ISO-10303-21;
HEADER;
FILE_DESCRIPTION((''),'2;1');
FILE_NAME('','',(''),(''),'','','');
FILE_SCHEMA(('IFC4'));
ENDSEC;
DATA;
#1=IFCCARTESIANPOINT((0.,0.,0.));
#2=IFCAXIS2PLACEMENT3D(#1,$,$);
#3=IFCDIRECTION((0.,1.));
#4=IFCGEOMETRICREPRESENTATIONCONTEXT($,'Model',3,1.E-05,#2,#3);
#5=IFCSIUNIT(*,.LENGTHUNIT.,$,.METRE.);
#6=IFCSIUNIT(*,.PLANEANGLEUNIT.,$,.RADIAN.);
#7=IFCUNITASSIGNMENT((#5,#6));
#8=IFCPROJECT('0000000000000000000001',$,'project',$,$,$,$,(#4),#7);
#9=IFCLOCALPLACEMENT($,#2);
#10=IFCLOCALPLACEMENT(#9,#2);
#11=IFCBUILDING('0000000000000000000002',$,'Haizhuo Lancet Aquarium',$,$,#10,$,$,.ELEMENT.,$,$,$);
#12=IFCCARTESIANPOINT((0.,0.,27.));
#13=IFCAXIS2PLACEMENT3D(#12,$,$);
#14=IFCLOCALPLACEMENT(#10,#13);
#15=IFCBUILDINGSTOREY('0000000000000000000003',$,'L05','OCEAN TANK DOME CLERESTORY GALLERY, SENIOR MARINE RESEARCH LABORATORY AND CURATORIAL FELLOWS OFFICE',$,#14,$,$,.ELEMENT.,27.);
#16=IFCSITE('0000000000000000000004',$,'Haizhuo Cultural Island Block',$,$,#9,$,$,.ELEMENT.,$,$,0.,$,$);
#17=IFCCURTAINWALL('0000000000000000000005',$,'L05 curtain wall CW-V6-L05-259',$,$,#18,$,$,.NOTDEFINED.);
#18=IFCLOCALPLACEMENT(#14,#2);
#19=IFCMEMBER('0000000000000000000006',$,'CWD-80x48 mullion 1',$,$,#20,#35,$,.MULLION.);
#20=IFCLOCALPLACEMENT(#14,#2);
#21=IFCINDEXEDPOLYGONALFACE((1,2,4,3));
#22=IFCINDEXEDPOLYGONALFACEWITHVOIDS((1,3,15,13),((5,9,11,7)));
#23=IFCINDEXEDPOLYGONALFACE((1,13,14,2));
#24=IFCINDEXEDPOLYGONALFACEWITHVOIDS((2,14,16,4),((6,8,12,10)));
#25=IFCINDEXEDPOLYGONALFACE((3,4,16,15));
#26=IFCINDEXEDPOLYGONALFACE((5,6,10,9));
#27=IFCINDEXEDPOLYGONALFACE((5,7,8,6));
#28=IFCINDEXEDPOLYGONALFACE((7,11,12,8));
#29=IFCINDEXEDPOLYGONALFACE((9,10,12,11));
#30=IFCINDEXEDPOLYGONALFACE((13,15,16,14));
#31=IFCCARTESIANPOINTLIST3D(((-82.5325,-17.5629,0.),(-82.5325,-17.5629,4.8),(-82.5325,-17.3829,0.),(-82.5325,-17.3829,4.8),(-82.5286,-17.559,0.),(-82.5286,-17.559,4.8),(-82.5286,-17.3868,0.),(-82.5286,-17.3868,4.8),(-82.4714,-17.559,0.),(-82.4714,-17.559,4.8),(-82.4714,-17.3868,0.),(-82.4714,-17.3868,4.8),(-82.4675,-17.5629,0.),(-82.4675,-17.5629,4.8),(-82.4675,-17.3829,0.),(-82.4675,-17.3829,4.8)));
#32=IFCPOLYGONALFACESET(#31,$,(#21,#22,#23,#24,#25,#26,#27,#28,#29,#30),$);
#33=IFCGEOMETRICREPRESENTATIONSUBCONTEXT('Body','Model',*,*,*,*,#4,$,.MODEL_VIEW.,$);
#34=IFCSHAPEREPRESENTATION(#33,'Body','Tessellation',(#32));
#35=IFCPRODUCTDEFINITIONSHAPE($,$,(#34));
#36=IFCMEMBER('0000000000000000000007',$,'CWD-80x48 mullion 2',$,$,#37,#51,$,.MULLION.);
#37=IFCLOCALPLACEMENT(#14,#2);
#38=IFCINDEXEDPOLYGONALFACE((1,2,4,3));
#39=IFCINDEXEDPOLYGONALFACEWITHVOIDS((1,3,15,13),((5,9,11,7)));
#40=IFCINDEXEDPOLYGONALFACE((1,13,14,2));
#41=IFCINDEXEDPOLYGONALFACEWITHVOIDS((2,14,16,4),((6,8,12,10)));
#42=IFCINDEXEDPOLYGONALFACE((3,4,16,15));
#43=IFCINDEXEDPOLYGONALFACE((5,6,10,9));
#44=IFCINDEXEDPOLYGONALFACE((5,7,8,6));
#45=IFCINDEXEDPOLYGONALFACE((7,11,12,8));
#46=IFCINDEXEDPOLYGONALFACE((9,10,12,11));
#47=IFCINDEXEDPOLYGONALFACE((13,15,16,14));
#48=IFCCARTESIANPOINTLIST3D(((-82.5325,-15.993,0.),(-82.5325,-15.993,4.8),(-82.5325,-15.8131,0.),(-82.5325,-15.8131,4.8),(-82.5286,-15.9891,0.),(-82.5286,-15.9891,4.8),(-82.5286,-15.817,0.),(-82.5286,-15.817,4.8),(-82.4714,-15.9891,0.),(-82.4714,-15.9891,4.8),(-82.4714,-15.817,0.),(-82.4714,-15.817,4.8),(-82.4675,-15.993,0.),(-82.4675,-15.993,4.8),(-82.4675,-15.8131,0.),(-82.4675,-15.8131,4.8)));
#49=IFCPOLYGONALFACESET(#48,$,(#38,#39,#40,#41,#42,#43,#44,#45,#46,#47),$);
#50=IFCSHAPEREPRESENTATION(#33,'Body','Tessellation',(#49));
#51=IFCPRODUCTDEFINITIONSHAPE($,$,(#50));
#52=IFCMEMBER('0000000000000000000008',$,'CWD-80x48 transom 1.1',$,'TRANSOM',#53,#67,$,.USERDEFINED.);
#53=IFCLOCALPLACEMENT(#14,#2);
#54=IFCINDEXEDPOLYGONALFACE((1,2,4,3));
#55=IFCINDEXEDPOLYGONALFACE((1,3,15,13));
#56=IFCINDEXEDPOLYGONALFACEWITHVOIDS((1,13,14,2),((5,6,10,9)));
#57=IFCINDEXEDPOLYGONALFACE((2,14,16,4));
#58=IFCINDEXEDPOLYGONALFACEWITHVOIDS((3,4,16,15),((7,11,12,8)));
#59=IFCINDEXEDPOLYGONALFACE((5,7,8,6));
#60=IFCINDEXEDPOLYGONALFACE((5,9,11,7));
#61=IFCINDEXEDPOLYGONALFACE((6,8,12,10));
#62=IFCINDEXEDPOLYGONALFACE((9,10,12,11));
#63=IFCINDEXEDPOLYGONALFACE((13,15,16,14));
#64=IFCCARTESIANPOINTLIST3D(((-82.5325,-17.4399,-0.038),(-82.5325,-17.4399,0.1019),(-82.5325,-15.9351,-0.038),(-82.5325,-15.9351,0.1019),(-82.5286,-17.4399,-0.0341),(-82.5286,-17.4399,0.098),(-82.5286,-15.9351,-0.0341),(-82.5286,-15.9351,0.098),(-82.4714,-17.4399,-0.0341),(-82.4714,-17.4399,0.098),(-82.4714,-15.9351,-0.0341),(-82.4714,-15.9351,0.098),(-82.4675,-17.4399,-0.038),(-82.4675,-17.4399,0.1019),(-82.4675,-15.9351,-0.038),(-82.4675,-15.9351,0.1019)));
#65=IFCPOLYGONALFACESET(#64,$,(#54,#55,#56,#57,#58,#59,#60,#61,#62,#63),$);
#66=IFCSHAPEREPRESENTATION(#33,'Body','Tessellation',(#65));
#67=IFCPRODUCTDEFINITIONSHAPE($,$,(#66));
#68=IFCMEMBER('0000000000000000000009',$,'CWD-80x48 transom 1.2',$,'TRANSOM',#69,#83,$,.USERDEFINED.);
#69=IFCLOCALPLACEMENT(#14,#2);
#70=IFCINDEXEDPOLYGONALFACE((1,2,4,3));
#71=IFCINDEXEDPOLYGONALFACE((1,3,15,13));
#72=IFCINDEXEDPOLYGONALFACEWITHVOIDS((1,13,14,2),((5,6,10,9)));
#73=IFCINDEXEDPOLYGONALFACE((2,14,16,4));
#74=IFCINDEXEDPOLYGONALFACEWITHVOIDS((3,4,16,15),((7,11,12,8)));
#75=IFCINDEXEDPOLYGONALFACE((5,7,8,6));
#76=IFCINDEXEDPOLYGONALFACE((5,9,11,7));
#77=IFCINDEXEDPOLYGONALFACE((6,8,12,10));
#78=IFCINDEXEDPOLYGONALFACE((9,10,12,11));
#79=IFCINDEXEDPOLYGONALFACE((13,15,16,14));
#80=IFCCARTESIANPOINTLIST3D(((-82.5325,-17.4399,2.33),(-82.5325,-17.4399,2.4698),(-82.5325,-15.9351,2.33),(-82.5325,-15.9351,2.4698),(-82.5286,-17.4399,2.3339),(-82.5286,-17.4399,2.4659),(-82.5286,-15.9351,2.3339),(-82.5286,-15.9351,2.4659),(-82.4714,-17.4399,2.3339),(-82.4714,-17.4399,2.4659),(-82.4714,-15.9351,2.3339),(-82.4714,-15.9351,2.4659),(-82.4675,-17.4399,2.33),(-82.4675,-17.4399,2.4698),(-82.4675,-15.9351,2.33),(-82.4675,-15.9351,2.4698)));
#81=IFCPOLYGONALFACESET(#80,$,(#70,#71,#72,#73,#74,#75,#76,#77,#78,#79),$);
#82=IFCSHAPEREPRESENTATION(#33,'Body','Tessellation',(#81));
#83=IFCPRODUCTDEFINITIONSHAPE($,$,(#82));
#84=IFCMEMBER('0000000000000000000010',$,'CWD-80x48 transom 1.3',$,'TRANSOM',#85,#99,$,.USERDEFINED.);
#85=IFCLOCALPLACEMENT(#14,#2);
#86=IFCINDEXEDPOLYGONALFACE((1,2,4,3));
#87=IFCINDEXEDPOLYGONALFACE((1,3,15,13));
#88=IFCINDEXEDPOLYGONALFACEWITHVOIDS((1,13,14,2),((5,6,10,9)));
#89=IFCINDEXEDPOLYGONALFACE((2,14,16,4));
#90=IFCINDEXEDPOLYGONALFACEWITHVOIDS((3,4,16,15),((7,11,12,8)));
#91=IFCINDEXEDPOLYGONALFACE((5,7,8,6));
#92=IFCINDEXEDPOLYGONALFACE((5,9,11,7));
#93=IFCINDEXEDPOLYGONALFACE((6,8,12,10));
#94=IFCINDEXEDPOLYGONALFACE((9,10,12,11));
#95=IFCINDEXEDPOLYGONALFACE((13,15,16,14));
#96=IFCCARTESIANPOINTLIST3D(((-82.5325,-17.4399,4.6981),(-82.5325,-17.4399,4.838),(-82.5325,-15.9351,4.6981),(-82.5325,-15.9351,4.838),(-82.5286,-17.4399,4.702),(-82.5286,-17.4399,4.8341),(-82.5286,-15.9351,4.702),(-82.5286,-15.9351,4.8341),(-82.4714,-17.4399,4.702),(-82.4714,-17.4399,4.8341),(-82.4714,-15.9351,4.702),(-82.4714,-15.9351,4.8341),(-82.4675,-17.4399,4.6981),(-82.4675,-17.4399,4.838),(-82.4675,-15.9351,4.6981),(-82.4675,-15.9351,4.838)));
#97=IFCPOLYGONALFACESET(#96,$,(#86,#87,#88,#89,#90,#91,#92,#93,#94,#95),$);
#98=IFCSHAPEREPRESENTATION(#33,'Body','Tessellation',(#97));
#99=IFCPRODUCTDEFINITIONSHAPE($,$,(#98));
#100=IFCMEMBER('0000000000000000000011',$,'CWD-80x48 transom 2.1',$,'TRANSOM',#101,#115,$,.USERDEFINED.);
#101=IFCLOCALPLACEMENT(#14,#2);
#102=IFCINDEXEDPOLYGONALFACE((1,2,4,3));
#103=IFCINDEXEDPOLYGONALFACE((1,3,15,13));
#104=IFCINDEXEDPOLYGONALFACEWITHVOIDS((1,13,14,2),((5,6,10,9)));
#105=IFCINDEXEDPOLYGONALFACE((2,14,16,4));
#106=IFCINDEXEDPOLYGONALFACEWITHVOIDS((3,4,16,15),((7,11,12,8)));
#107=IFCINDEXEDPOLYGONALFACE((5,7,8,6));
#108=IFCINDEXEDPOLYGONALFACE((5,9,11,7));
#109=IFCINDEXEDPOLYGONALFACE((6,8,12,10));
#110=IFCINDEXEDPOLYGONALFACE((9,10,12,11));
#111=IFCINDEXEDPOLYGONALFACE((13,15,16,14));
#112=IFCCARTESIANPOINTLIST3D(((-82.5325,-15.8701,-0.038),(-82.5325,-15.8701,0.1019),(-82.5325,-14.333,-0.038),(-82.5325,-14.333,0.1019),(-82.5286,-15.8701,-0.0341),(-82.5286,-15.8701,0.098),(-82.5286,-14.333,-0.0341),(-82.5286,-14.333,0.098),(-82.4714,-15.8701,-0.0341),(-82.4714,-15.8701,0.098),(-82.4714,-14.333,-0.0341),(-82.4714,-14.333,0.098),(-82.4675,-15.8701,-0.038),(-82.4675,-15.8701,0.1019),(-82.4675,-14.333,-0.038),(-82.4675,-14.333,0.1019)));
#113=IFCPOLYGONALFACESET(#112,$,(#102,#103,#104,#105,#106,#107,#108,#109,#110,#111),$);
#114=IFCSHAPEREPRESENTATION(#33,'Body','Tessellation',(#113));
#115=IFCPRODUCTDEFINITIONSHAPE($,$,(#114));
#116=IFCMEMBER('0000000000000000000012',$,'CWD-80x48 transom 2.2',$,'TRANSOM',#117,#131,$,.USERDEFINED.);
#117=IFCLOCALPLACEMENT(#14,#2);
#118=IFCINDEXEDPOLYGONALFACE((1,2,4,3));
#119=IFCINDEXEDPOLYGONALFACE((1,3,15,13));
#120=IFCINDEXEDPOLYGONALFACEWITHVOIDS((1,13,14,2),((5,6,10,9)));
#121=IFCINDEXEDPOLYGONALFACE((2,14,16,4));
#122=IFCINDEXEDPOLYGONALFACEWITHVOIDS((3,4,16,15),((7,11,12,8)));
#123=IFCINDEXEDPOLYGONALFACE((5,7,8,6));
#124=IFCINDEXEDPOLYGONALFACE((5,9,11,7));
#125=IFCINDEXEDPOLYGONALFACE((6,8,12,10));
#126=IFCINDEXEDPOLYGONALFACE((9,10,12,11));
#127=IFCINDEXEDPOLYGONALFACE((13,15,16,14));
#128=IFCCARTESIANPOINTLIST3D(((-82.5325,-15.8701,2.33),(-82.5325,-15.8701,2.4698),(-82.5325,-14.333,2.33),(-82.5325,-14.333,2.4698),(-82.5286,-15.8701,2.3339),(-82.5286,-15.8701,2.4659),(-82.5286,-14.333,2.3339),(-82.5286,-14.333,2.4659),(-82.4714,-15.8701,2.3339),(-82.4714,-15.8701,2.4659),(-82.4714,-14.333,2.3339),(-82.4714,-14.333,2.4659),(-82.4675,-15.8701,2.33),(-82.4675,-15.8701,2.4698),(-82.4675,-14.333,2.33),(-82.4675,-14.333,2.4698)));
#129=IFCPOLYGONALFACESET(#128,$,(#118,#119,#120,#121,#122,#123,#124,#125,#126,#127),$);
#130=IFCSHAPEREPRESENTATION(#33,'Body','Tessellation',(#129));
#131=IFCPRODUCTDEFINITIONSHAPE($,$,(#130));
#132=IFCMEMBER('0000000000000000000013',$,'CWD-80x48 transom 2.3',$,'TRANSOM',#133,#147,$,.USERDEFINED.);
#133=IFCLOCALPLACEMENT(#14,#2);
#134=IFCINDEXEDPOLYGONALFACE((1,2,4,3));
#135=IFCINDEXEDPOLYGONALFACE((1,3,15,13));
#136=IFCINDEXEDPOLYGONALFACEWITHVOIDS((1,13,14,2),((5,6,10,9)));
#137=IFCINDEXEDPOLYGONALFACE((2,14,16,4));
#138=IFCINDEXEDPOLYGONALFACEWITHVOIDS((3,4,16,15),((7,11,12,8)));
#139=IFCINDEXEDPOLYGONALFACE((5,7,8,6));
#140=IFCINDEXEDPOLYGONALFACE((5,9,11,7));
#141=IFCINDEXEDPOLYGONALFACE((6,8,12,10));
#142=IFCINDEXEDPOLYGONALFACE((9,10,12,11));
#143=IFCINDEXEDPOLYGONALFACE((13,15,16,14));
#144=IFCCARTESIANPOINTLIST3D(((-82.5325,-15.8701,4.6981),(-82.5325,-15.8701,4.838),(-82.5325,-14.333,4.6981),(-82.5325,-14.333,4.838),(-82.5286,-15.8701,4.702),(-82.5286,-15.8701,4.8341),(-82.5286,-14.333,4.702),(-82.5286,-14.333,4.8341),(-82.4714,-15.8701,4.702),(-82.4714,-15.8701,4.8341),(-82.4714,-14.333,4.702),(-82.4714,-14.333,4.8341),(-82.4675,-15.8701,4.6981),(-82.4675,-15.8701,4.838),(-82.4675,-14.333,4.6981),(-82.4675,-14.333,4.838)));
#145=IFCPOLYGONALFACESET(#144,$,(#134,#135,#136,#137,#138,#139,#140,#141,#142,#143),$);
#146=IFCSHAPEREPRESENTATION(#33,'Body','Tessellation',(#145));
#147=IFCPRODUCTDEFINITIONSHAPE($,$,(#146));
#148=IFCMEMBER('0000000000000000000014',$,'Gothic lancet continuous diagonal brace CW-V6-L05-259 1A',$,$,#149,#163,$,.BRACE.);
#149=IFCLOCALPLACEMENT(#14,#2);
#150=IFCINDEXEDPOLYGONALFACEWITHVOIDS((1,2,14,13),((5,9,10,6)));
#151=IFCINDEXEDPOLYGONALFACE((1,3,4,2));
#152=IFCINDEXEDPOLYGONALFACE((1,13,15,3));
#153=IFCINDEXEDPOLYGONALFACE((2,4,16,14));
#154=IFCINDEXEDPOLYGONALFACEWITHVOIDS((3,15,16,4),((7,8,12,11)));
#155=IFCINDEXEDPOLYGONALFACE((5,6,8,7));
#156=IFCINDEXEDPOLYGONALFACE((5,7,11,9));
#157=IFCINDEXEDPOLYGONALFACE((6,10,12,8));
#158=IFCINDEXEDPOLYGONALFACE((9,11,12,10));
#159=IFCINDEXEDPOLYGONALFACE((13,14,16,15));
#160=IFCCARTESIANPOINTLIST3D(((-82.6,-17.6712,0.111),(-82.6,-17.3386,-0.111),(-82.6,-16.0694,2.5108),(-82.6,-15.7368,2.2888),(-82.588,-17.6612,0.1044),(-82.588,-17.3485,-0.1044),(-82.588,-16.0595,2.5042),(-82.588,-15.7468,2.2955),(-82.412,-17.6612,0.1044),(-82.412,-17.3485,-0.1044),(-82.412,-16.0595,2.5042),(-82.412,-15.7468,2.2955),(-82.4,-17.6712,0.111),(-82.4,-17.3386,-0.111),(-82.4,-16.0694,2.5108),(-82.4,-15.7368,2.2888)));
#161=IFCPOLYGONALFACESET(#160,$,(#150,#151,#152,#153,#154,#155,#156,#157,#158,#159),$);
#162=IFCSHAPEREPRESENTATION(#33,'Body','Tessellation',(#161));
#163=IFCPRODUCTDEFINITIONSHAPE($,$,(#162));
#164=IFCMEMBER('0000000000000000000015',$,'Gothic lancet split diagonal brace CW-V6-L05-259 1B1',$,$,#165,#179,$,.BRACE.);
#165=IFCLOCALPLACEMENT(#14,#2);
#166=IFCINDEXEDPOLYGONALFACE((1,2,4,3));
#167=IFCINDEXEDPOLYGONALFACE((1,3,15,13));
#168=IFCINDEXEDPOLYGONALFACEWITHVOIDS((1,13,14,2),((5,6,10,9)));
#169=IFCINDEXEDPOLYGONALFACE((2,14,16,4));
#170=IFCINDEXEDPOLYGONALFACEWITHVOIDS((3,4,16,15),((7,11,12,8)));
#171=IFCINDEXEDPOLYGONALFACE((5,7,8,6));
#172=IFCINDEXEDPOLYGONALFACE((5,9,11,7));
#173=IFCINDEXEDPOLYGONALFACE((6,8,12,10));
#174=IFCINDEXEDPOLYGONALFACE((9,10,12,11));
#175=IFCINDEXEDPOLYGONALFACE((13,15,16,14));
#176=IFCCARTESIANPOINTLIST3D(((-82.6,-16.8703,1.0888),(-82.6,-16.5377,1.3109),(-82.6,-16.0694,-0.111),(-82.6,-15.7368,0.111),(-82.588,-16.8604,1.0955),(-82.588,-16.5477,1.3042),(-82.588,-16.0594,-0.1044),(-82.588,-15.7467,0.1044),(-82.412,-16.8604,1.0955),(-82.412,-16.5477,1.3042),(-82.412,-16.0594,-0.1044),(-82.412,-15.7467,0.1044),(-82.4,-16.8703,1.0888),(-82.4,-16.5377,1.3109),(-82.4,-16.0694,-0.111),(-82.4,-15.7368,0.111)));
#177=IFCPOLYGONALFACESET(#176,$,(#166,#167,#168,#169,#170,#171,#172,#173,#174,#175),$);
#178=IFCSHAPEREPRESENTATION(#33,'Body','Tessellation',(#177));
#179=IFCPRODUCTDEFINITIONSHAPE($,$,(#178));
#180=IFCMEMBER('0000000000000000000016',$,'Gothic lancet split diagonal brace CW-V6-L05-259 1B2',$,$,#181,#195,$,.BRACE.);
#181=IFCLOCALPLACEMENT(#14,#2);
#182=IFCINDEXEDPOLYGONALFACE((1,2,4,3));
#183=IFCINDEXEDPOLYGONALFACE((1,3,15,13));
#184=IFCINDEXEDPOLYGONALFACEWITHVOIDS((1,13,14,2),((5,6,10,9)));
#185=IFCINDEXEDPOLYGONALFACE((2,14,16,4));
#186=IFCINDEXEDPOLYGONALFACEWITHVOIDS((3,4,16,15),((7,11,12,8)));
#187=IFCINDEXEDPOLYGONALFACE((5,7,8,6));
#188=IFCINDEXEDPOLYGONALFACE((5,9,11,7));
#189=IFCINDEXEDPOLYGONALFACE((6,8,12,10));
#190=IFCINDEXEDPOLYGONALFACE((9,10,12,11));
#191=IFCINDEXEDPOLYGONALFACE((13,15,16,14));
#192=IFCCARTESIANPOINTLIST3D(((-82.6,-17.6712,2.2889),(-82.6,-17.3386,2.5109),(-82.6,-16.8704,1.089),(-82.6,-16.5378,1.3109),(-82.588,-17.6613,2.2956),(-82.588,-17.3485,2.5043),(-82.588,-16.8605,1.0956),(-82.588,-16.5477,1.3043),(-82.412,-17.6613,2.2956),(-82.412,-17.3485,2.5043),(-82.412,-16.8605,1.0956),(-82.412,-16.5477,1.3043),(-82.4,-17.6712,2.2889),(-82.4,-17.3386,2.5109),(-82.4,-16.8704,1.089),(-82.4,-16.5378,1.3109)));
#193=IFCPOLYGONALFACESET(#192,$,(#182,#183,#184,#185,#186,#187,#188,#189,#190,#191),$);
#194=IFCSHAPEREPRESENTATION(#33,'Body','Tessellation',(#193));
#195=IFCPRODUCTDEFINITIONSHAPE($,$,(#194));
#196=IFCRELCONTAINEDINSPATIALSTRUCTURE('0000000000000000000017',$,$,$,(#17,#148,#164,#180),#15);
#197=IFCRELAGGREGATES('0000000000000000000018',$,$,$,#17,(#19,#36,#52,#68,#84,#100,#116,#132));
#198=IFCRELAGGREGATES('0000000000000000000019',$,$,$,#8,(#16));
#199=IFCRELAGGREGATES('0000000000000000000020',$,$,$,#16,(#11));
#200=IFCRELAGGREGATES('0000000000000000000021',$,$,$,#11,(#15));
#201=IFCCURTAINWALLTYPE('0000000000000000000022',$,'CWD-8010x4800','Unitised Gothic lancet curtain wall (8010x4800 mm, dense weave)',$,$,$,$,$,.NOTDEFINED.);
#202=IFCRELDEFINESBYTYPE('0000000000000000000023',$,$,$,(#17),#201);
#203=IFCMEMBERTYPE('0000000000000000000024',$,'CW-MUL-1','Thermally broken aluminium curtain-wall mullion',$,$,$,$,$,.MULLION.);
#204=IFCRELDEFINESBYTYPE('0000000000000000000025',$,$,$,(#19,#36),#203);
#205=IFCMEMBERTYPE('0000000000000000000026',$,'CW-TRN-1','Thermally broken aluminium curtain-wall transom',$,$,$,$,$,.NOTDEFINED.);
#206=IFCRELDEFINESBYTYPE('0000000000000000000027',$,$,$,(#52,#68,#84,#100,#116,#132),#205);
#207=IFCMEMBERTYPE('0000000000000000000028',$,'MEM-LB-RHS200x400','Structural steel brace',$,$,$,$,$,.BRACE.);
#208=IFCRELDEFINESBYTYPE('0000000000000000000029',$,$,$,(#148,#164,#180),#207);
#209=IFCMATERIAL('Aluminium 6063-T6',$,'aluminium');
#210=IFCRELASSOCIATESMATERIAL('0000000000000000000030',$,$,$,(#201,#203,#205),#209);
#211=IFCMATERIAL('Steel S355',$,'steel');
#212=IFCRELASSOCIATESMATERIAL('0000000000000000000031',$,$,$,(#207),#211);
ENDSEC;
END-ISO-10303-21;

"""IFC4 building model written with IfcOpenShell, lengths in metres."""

from ifc_helpers import new_model, si_unit, direction, frame, origin, origin_2d, place, context, subcontext, project, spatial, hollow_rectangle, extrude, material, material_profile, profile_set, type_object, element, aggregate, save


model = new_model("IFC4")

# Units and contexts
model_context = context("Model", 3, precision=1e-05, world=origin(), true_north=direction((0.0, 1.0)))
body_context = subcontext(model_context, "Body", "Model", "MODEL_VIEW")
ifc_project = project(units=[si_unit("LENGTHUNIT", "METRE"), si_unit("PLANEANGLEUNIT", "RADIAN")], contexts=[model_context])

# Site, building, storey
site_placement = place(None, origin())
site = spatial("IfcSite", under=ifc_project, at=site_placement, Name="Haizhuo Cultural Island Block", CompositionType="ELEMENT", RefElevation=0.0)
building_placement = place(site_placement, origin())
building = spatial("IfcBuilding", under=site, at=building_placement, Name="Haizhuo Lancet Aquarium", CompositionType="ELEMENT")
storey_placement = place(building_placement, frame((0.0, 0.0, 27.0)))
storey = spatial("IfcBuildingStorey", under=building, at=storey_placement, Name="L05", Description="OCEAN TANK DOME CLERESTORY GALLERY, SENIOR MARINE RESEARCH LABORATORY AND CURATORIAL FELLOWS OFFICE", CompositionType="ELEMENT", Elevation=27.0)

# Curtain wall, members
ifc_material_1 = material(Name="Aluminium 6063-T6", Category="aluminium")
curtain_wall_type = type_object("IfcCurtainWallType", Name="CWD-8010x4800", Description="Unitised Gothic lancet curtain wall (8010x4800 mm, dense weave)", PredefinedType="NOTDEFINED", material=ifc_material_1)
curtain_wall_placement = place(storey_placement, origin())
curtain_wall = element("IfcCurtainWall", 1, at=curtain_wall_placement, inside=storey, type_object=curtain_wall_type, Name="L05 curtain wall CW-V6-L05-259", PredefinedType="NOTDEFINED")
ifc_material_profile_1 = material_profile(ifc_material_1, hollow_rectangle(XDim=0.0649, YDim=0.1799, WallThickness=0.0039, at=origin_2d()), Name="ALU-M 65x180x4")
ifc_profile_set_1 = profile_set([ifc_material_profile_1], Name="Aluminium 6063-T6")
member_type_1 = type_object("IfcMemberType", Name="CW-MUL-1", Description="Thermally broken aluminium curtain-wall mullion", PredefinedType="MULLION", material=ifc_profile_set_1)
member_1_placement = place(storey_placement, frame((-82.5, -17.4729, 0.0), z_axis=(0.0, 0.0, 1.0), x_axis=(-1.0, 0.0, 0.0)))
member_1 = element("IfcMember", 2, at=member_1_placement, type_object=member_type_1, Name="CWD-80x48 mullion 1", PredefinedType="MULLION", context=body_context, shape_type="SweptSolid", body=[
    extrude(hollow_rectangle(XDim=0.0649, YDim=0.1799, WallThickness=0.0039, at=origin_2d()), origin(), (0.0, 0.0, 1.0), 4.8),
])
member_2_placement = place(storey_placement, frame((-82.5, -15.9031, 0.0), z_axis=(0.0, 0.0, 1.0), x_axis=(-1.0, 0.0, 0.0)))
member_2 = element("IfcMember", 3, at=member_2_placement, type_object=member_type_1, Name="CWD-80x48 mullion 2", PredefinedType="MULLION", context=body_context, shape_type="SweptSolid", body=[
    extrude(hollow_rectangle(XDim=0.0649, YDim=0.1799, WallThickness=0.0039, at=origin_2d()), origin(), (0.0, 0.0, 1.0), 4.8),
])
ifc_material_profile_2 = material_profile(ifc_material_1, hollow_rectangle(XDim=0.0649, YDim=0.1399, WallThickness=0.0039, at=origin_2d()), Name="ALU-T 65x140x4")
ifc_profile_set_2 = profile_set([ifc_material_profile_2], Name="Aluminium 6063-T6")
member_type_2 = type_object("IfcMemberType", Name="CW-TRN-1", Description="Thermally broken aluminium curtain-wall transom", PredefinedType="NOTDEFINED", material=ifc_profile_set_2)
member_3_placement = place(storey_placement, frame((-82.5, -17.4399, 0.032), z_axis=(0.0, 1.0, 0.0), x_axis=(-1.0, 0.0, 0.0)))
member_3 = element("IfcMember", 4, at=member_3_placement, type_object=member_type_2, Name="CWD-80x48 transom 1.1", ObjectType="TRANSOM", PredefinedType="USERDEFINED", context=body_context, shape_type="SweptSolid", body=[
    extrude(hollow_rectangle(XDim=0.0649, YDim=0.1399, WallThickness=0.0039, at=origin_2d()), origin(), (0.0, 0.0, 1.0), 1.5049),
])
member_4_placement = place(storey_placement, frame((-82.5, -17.4399, 2.3999), z_axis=(0.0, 1.0, 0.0), x_axis=(-1.0, 0.0, 0.0)))
member_4 = element("IfcMember", 5, at=member_4_placement, type_object=member_type_2, Name="CWD-80x48 transom 1.2", ObjectType="TRANSOM", PredefinedType="USERDEFINED", context=body_context, shape_type="SweptSolid", body=[
    extrude(hollow_rectangle(XDim=0.0649, YDim=0.1399, WallThickness=0.0039, at=origin_2d()), origin(), (0.0, 0.0, 1.0), 1.5049),
])
member_5_placement = place(storey_placement, frame((-82.5, -17.4399, 4.7681), z_axis=(0.0, 1.0, 0.0), x_axis=(-1.0, 0.0, 0.0)))
member_5 = element("IfcMember", 6, at=member_5_placement, type_object=member_type_2, Name="CWD-80x48 transom 1.3", ObjectType="TRANSOM", PredefinedType="USERDEFINED", context=body_context, shape_type="SweptSolid", body=[
    extrude(hollow_rectangle(XDim=0.0649, YDim=0.1399, WallThickness=0.0039, at=origin_2d()), origin(), (0.0, 0.0, 1.0), 1.5049),
])
member_6_placement = place(storey_placement, frame((-82.5, -15.8701, 0.032), z_axis=(0.0, 1.0, 0.0), x_axis=(-1.0, 0.0, 0.0)))
member_6 = element("IfcMember", 7, at=member_6_placement, type_object=member_type_2, Name="CWD-80x48 transom 2.1", ObjectType="TRANSOM", PredefinedType="USERDEFINED", context=body_context, shape_type="SweptSolid", body=[
    extrude(hollow_rectangle(XDim=0.0649, YDim=0.1399, WallThickness=0.0039, at=origin_2d()), origin(), (0.0, 0.0, 1.0), 1.5371),
])
member_7_placement = place(storey_placement, frame((-82.5, -15.8701, 2.3999), z_axis=(0.0, 1.0, 0.0), x_axis=(-1.0, 0.0, 0.0)))
member_7 = element("IfcMember", 8, at=member_7_placement, type_object=member_type_2, Name="CWD-80x48 transom 2.2", ObjectType="TRANSOM", PredefinedType="USERDEFINED", context=body_context, shape_type="SweptSolid", body=[
    extrude(hollow_rectangle(XDim=0.0649, YDim=0.1399, WallThickness=0.0039, at=origin_2d()), origin(), (0.0, 0.0, 1.0), 1.5371),
])
member_8_placement = place(storey_placement, frame((-82.5, -15.8701, 4.7681), z_axis=(0.0, 1.0, 0.0), x_axis=(-1.0, 0.0, 0.0)))
member_8 = element("IfcMember", 9, at=member_8_placement, type_object=member_type_2, Name="CWD-80x48 transom 2.3", ObjectType="TRANSOM", PredefinedType="USERDEFINED", context=body_context, shape_type="SweptSolid", body=[
    extrude(hollow_rectangle(XDim=0.0649, YDim=0.1399, WallThickness=0.0039, at=origin_2d()), origin(), (0.0, 0.0, 1.0), 1.5371),
])

# Members
ifc_material_2 = material(Name="Steel S355", Category="steel")
ifc_material_profile_3 = material_profile(ifc_material_2, hollow_rectangle(XDim=0.2, YDim=0.3999, WallThickness=0.012, at=origin_2d()), Name="RHS 200x400x12")
ifc_profile_set_3 = profile_set([ifc_material_profile_3], Name="Steel S355")
member_type_3 = type_object("IfcMemberType", Name="MEM-LB-RHS200x400", Description="Structural steel brace", PredefinedType="BRACE", material=ifc_profile_set_3)
member_9_placement = place(storey_placement, frame((-82.5, -17.5049, 0.0), z_axis=(0.0, 0.555149, 0.831751), x_axis=(-1.0, 0.0, 0.0)))
element("IfcMember", 10, at=member_9_placement, inside=storey, type_object=member_type_3, Name="Gothic lancet continuous diagonal brace CW-V6-L05-259 1A", PredefinedType="BRACE", context=body_context, shape_type="SweptSolid", body=[
    extrude(hollow_rectangle(XDim=0.2, YDim=0.3999, WallThickness=0.012, at=origin_2d()), origin(), (0.0, 0.0, 1.0), 2.8853),
])
for number, where, z_axis, x_axis, name in (
    (11, (-82.5, -15.9031, 0.0), (0.0, -0.555208, 0.831712), (1.0, 0.0, 0.0), "Gothic lancet split diagonal brace CW-V6-L05-259 1B1"),
    (12, (-82.5, -16.7041, 1.2), (0.0, -0.555091, 0.83179), (1.0, 0.0, 0.0), "Gothic lancet split diagonal brace CW-V6-L05-259 1B2"),
):
    element("IfcMember", number, at=place(storey_placement, frame(where, z_axis=z_axis, x_axis=x_axis)), inside=storey, type_object=member_type_3, Name=name, PredefinedType="BRACE", context=body_context, shape_type="SweptSolid", body=[
        extrude(hollow_rectangle(XDim=0.2, YDim=0.3999, WallThickness=0.012, at=origin_2d()), origin(), (0.0, 0.0, 1.0), 1.4426),
    ])

aggregate(curtain_wall, [member_1, member_2, member_3, member_4, member_5, member_6, member_7, member_8])

save(model, "model.ifc")
